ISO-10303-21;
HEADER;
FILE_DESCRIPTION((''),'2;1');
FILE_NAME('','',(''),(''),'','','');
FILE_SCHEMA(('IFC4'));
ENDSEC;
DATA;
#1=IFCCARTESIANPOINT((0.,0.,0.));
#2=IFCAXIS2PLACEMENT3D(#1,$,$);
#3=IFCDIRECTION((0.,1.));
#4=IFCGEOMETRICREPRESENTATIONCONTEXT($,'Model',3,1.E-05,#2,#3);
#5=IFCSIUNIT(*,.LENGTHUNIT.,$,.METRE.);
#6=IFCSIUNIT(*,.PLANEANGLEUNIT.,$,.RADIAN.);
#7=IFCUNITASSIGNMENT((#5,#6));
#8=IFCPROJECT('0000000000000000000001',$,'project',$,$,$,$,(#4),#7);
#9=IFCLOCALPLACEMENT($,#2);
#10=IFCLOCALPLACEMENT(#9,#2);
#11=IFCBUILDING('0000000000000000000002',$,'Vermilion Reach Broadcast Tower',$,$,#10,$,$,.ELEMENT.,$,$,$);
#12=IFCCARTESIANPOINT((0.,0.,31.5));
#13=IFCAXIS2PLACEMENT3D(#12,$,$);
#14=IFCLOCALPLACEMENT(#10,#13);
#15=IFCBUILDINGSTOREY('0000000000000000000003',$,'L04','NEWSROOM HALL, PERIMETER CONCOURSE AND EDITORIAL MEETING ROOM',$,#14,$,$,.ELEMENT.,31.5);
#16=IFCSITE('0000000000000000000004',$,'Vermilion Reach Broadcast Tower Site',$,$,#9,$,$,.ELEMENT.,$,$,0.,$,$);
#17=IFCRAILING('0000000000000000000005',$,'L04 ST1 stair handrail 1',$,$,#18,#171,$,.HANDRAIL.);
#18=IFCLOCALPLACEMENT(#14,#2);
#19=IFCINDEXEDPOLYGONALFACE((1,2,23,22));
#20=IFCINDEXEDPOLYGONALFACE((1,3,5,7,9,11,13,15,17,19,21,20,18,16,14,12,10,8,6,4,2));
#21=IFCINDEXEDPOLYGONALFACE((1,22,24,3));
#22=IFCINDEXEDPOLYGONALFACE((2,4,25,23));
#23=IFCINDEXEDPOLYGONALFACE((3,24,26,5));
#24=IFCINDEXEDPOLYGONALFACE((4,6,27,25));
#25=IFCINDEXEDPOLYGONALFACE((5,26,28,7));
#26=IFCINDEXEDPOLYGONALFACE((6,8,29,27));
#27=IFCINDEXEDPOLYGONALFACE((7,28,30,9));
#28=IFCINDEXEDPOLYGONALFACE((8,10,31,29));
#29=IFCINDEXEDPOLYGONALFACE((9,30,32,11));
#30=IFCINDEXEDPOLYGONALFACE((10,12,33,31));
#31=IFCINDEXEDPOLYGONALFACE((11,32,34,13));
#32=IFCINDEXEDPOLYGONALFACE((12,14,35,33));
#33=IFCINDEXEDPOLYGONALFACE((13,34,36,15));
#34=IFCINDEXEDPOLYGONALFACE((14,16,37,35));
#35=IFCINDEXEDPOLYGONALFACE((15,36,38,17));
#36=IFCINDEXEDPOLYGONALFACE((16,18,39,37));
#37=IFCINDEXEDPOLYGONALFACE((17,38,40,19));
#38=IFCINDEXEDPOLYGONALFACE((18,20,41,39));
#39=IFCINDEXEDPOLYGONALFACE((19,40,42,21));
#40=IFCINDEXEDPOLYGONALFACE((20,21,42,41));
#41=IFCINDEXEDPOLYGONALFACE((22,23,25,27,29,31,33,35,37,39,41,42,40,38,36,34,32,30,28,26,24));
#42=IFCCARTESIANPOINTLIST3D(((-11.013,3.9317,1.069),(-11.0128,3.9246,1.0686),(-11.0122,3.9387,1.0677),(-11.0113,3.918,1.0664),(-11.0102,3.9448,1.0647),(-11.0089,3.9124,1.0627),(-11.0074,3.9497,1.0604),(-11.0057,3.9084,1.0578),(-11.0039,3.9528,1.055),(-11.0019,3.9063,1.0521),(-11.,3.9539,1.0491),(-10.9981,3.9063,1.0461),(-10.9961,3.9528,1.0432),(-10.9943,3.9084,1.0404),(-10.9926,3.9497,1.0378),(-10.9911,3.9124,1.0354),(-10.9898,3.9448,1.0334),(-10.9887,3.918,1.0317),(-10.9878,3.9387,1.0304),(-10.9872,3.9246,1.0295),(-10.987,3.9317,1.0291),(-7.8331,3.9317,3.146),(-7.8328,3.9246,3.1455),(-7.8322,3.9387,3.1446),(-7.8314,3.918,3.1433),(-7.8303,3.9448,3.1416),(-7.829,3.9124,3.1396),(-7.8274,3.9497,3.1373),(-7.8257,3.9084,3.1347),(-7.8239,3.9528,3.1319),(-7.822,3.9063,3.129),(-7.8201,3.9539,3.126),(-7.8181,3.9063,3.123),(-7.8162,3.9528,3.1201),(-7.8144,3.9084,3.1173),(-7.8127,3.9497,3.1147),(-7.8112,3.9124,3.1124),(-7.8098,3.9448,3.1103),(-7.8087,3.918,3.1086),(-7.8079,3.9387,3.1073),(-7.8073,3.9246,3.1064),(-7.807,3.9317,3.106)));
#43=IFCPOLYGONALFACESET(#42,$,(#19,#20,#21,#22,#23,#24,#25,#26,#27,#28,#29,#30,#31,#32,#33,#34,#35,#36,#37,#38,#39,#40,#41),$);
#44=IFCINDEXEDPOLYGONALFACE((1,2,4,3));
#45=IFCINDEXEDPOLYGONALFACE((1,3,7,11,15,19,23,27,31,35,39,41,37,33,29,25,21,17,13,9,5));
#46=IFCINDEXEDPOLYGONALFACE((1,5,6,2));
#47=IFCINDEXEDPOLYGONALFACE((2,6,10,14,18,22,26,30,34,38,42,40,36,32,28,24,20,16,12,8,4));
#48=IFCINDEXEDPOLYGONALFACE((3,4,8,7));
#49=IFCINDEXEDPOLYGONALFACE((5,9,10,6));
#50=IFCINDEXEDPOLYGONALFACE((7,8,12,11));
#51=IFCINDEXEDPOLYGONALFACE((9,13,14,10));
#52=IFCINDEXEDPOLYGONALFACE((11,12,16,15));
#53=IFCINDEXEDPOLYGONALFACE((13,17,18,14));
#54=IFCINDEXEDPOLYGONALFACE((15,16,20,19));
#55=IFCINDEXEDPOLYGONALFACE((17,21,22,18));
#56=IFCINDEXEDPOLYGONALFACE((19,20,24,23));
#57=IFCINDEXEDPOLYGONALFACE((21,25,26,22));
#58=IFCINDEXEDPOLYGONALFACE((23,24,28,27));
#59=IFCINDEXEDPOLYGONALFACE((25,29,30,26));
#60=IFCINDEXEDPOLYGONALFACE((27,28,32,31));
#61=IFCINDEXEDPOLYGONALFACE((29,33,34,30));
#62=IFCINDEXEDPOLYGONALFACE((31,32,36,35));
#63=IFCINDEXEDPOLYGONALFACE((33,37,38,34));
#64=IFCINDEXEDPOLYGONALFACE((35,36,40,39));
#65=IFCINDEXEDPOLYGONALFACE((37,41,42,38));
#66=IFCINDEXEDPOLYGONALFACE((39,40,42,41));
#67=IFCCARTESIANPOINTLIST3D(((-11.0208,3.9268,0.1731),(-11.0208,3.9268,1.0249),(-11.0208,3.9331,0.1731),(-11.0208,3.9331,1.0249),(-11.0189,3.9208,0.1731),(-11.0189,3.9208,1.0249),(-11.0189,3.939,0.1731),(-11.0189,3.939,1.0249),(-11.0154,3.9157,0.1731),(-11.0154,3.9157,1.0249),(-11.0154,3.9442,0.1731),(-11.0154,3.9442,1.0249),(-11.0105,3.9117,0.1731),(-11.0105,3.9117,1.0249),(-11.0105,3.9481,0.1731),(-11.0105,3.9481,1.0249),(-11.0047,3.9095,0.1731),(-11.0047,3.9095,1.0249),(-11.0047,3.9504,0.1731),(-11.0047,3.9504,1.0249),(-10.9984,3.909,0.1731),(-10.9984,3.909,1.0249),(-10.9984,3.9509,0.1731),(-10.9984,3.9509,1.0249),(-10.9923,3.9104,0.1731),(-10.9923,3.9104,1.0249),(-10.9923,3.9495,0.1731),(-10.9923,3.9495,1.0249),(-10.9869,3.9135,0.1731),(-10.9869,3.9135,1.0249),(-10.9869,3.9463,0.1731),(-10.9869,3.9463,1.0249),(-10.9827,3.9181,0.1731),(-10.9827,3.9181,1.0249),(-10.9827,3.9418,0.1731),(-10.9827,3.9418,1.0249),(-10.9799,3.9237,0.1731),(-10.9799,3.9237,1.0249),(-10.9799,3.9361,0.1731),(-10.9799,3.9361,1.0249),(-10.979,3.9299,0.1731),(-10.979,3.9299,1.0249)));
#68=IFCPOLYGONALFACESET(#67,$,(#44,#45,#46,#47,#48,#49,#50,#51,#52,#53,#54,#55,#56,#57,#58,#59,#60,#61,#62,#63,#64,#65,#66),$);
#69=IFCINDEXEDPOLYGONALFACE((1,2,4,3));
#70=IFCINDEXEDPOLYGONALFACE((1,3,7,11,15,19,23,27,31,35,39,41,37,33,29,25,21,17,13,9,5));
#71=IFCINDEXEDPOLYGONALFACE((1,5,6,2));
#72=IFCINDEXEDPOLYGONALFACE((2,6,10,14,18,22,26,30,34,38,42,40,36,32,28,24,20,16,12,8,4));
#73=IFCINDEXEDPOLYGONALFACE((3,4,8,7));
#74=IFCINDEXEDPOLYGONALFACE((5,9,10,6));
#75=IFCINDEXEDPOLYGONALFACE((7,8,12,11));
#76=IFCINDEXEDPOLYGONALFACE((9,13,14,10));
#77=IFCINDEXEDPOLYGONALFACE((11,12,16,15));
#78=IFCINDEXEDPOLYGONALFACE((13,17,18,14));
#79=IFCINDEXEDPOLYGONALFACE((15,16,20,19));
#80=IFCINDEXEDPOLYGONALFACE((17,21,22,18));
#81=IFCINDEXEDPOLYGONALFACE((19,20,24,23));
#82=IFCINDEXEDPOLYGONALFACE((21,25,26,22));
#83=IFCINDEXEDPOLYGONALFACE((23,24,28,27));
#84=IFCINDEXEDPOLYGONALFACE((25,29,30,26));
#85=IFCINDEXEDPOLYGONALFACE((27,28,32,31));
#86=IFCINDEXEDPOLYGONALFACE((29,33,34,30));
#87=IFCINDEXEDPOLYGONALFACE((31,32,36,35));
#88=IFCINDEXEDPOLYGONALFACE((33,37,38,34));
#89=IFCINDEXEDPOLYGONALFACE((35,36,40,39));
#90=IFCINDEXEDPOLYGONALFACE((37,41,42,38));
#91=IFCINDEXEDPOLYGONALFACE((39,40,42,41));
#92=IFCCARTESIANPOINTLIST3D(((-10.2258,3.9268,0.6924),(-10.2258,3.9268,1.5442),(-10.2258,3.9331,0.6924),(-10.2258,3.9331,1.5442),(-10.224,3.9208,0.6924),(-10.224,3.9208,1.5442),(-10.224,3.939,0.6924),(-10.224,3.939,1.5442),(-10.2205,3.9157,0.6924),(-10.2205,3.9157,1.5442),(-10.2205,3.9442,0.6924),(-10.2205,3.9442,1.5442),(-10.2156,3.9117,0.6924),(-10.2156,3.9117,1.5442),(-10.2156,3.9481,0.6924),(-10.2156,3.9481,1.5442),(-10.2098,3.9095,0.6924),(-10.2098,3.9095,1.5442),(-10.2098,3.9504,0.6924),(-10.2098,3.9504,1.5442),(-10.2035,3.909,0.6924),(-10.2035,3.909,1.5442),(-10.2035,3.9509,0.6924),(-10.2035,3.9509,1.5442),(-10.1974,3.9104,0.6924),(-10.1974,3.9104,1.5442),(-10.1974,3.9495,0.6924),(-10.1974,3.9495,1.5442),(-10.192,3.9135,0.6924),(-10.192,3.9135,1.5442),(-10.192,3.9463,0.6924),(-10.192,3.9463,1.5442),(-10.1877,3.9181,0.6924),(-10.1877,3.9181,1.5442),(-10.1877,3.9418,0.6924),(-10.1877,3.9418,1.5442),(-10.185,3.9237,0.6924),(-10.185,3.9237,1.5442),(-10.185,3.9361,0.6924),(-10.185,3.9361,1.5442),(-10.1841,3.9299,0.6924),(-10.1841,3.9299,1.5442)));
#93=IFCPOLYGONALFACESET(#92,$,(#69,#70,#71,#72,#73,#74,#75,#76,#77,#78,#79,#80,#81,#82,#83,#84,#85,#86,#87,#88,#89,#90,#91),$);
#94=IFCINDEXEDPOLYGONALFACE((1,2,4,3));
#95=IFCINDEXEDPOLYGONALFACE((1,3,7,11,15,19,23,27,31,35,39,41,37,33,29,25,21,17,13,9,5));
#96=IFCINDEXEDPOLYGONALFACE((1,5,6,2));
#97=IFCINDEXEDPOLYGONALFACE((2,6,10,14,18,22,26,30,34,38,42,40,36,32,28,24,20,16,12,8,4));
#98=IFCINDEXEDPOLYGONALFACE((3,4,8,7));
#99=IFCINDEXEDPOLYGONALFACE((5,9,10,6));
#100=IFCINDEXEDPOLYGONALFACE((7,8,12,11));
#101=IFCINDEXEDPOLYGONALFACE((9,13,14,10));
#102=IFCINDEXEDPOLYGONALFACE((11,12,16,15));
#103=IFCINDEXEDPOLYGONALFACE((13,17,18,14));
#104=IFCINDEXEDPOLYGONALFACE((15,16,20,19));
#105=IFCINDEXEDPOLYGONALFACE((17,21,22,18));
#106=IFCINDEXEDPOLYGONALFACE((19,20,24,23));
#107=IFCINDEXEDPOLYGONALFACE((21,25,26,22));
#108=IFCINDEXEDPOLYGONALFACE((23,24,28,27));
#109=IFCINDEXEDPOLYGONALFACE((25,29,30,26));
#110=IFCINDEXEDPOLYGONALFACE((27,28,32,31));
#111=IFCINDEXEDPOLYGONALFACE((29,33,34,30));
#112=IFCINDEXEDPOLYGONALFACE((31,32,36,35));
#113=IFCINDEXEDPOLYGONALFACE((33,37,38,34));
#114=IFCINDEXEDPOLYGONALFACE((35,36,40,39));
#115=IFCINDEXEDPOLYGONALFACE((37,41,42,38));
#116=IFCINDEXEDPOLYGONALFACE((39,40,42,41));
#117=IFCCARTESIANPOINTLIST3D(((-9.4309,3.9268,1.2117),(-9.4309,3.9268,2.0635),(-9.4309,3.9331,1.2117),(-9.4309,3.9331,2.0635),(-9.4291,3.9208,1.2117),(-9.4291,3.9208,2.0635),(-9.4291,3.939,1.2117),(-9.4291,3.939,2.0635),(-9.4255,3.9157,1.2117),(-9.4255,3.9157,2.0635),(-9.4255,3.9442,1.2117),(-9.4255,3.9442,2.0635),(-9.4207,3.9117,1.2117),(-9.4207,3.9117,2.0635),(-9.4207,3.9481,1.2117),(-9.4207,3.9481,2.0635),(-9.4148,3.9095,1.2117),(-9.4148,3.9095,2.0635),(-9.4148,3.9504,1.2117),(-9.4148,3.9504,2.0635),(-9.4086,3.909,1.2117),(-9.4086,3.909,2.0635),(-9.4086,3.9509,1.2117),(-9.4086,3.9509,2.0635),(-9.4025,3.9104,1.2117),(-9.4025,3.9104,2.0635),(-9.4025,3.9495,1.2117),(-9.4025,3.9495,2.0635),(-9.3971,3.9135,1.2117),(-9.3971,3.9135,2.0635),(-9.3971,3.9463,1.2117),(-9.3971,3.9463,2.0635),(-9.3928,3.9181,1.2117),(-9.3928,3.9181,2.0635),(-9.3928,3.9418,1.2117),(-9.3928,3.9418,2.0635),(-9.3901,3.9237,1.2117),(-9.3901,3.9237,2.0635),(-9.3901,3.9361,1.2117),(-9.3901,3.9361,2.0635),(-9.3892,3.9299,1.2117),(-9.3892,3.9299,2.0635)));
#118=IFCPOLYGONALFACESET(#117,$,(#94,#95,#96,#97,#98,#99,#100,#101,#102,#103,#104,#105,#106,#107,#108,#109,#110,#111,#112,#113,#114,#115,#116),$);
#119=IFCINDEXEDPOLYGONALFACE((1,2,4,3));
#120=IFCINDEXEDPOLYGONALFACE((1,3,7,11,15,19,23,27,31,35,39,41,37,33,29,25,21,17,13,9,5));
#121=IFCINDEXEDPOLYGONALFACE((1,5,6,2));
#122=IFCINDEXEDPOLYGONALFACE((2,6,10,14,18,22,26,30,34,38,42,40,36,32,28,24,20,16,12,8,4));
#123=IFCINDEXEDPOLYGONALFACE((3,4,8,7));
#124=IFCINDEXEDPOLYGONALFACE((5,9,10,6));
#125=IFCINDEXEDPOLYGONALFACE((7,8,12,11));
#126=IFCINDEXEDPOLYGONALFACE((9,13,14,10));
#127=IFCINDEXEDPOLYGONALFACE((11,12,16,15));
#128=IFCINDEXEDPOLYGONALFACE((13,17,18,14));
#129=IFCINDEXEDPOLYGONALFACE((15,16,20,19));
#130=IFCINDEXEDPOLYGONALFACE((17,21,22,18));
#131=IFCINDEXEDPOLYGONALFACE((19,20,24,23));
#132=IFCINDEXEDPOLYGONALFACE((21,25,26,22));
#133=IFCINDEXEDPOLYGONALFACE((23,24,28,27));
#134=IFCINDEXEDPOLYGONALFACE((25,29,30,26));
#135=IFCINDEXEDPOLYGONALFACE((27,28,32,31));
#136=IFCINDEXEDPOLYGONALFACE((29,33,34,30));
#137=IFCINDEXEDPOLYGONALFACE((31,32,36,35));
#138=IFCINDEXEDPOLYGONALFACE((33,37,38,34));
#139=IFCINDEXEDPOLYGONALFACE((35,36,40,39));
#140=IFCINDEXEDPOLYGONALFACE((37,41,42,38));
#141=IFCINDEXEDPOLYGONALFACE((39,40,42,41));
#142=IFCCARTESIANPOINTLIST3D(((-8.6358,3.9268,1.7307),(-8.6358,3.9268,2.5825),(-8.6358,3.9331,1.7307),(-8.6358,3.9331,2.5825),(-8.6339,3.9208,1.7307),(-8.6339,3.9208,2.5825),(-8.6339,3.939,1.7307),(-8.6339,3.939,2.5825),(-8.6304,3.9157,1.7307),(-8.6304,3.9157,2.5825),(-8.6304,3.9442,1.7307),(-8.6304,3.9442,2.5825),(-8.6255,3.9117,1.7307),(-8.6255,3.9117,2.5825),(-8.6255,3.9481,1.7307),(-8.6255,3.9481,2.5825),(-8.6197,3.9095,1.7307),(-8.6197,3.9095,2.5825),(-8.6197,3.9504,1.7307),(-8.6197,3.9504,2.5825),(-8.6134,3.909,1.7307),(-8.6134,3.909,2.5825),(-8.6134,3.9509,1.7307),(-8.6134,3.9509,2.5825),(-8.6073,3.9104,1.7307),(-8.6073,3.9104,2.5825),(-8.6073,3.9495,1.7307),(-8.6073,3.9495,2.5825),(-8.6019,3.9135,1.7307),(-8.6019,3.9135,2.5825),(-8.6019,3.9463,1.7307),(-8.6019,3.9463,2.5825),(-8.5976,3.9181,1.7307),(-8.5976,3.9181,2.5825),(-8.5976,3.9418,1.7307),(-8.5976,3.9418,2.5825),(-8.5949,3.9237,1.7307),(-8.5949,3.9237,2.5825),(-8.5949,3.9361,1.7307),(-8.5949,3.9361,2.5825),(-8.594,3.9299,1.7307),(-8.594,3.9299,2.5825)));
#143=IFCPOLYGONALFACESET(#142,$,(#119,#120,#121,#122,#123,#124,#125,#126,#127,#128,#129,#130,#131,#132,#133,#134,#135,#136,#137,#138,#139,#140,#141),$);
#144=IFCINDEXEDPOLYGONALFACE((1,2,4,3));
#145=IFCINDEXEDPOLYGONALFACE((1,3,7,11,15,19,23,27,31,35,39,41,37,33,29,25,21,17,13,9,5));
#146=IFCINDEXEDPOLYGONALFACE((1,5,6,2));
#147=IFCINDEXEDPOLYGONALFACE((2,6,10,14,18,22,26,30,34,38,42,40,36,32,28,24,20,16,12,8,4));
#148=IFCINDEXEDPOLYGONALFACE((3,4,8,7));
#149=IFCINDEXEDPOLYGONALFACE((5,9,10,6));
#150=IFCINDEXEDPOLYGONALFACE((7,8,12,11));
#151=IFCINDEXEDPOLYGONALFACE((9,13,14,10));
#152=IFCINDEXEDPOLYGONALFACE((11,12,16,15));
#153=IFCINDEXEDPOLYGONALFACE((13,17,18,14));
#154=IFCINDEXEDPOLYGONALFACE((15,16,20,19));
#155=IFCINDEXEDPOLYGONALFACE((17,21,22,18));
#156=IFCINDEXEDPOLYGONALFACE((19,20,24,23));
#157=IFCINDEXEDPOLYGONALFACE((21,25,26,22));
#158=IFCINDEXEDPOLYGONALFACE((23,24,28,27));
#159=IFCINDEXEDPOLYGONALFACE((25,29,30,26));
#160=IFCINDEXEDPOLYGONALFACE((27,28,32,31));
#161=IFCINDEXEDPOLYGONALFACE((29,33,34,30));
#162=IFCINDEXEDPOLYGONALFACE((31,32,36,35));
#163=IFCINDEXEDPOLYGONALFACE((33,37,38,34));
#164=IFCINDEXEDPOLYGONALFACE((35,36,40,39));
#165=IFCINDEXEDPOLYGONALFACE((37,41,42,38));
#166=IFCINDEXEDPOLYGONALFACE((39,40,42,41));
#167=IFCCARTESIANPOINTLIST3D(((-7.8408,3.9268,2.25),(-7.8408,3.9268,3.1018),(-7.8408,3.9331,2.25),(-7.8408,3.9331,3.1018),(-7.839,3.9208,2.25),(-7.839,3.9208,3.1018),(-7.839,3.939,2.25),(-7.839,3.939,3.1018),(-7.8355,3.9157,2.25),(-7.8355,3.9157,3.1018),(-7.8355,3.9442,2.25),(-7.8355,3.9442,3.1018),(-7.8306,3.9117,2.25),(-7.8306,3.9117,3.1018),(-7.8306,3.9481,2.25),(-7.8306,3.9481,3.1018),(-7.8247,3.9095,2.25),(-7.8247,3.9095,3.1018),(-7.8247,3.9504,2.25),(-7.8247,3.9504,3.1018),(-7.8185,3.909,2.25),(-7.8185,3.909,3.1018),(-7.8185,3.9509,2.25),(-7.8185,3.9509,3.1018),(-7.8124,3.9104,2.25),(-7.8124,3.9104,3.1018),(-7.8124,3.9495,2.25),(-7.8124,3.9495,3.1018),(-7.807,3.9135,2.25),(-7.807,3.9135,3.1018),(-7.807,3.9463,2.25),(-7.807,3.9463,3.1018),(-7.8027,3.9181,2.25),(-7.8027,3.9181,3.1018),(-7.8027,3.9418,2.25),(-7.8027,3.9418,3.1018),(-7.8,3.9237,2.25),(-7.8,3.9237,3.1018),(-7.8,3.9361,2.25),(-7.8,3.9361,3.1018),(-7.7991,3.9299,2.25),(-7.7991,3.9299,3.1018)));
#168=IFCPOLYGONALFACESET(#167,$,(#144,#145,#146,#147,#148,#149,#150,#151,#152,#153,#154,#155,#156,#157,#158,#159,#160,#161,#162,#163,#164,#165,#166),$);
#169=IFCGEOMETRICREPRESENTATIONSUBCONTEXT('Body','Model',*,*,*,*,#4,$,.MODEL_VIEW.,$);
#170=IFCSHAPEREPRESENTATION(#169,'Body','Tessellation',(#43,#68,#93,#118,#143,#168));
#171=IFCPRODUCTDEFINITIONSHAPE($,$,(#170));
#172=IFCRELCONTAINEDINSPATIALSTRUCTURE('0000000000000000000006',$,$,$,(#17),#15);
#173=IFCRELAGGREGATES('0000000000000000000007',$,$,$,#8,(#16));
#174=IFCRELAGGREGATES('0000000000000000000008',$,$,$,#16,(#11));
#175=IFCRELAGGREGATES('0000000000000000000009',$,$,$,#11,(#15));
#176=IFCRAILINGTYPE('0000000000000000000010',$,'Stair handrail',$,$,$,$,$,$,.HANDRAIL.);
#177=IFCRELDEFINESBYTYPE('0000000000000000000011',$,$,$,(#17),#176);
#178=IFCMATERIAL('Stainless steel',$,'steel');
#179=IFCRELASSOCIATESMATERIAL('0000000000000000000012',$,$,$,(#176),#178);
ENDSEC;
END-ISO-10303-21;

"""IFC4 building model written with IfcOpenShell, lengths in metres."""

from ifc_helpers import new_model, si_unit, direction, frame, origin, origin_2d, place, context, subcontext, project, spatial, circle, extrude, material, type_object, element, save


model = new_model("IFC4")

# Units and contexts
model_context = context("Model", 3, precision=1e-05, world=origin(), true_north=direction((0.0, 1.0)))
body_context = subcontext(model_context, "Body", "Model", "MODEL_VIEW")
ifc_project = project(units=[si_unit("LENGTHUNIT", "METRE"), si_unit("PLANEANGLEUNIT", "RADIAN")], contexts=[model_context])

# Site, building, storey
site_placement = place(None, origin())
site = spatial("IfcSite", under=ifc_project, at=site_placement, Name="Vermilion Reach Broadcast Tower Site", CompositionType="ELEMENT", RefElevation=0.0)
building_placement = place(site_placement, origin())
building = spatial("IfcBuilding", under=site, at=building_placement, Name="Vermilion Reach Broadcast Tower", CompositionType="ELEMENT")
storey_placement = place(building_placement, frame((0.0, 0.0, 31.5)))
storey = spatial("IfcBuildingStorey", under=building, at=storey_placement, Name="L04", Description="NEWSROOM HALL, PERIMETER CONCOURSE AND EDITORIAL MEETING ROOM", CompositionType="ELEMENT", Elevation=31.5)

# Railing
ifc_material_1 = material(Name="Stainless steel", Category="steel")
railing_type_1 = type_object("IfcRailingType", Name="Stair handrail", PredefinedType="HANDRAIL", material=ifc_material_1)
railing_1_placement = place(storey_placement, frame((-11.0, 3.9299, 0.1731)))
element("IfcRailing", 1, at=railing_1_placement, inside=storey, type_object=railing_type_1, Name="L04 ST1 stair handrail 1", PredefinedType="HANDRAIL", context=body_context, shape_type="SweptSolid", body=[
    extrude(circle(Radius=0.0239, at=origin_2d()), frame((0.0, 0.0, 0.876), z_axis=(0.837245, 0.0, 0.546828), x_axis=(0.0, 1.0, 0.0)), (0.0, 0.0, 1.0), 3.7981),
    extrude(circle(Radius=0.021, at=origin_2d()), origin(), (0.0, 0.0, 1.0), 0.8518),
    extrude(circle(Radius=0.021, at=origin_2d()), frame((0.7949, 0.0, 0.5193)), (0.0, 0.0, 1.0), 0.8518),
    extrude(circle(Radius=0.021, at=origin_2d()), frame((1.5898, 0.0, 1.0386)), (0.0, 0.0, 1.0), 0.8518),
    extrude(circle(Radius=0.021, at=origin_2d()), frame((2.385, 0.0, 1.5576)), (0.0, 0.0, 1.0), 0.8518),
    extrude(circle(Radius=0.021, at=origin_2d()), frame((3.1799, 0.0, 2.0769)), (0.0, 0.0, 1.0), 0.8518),
])

save(model, "model.ifc")
